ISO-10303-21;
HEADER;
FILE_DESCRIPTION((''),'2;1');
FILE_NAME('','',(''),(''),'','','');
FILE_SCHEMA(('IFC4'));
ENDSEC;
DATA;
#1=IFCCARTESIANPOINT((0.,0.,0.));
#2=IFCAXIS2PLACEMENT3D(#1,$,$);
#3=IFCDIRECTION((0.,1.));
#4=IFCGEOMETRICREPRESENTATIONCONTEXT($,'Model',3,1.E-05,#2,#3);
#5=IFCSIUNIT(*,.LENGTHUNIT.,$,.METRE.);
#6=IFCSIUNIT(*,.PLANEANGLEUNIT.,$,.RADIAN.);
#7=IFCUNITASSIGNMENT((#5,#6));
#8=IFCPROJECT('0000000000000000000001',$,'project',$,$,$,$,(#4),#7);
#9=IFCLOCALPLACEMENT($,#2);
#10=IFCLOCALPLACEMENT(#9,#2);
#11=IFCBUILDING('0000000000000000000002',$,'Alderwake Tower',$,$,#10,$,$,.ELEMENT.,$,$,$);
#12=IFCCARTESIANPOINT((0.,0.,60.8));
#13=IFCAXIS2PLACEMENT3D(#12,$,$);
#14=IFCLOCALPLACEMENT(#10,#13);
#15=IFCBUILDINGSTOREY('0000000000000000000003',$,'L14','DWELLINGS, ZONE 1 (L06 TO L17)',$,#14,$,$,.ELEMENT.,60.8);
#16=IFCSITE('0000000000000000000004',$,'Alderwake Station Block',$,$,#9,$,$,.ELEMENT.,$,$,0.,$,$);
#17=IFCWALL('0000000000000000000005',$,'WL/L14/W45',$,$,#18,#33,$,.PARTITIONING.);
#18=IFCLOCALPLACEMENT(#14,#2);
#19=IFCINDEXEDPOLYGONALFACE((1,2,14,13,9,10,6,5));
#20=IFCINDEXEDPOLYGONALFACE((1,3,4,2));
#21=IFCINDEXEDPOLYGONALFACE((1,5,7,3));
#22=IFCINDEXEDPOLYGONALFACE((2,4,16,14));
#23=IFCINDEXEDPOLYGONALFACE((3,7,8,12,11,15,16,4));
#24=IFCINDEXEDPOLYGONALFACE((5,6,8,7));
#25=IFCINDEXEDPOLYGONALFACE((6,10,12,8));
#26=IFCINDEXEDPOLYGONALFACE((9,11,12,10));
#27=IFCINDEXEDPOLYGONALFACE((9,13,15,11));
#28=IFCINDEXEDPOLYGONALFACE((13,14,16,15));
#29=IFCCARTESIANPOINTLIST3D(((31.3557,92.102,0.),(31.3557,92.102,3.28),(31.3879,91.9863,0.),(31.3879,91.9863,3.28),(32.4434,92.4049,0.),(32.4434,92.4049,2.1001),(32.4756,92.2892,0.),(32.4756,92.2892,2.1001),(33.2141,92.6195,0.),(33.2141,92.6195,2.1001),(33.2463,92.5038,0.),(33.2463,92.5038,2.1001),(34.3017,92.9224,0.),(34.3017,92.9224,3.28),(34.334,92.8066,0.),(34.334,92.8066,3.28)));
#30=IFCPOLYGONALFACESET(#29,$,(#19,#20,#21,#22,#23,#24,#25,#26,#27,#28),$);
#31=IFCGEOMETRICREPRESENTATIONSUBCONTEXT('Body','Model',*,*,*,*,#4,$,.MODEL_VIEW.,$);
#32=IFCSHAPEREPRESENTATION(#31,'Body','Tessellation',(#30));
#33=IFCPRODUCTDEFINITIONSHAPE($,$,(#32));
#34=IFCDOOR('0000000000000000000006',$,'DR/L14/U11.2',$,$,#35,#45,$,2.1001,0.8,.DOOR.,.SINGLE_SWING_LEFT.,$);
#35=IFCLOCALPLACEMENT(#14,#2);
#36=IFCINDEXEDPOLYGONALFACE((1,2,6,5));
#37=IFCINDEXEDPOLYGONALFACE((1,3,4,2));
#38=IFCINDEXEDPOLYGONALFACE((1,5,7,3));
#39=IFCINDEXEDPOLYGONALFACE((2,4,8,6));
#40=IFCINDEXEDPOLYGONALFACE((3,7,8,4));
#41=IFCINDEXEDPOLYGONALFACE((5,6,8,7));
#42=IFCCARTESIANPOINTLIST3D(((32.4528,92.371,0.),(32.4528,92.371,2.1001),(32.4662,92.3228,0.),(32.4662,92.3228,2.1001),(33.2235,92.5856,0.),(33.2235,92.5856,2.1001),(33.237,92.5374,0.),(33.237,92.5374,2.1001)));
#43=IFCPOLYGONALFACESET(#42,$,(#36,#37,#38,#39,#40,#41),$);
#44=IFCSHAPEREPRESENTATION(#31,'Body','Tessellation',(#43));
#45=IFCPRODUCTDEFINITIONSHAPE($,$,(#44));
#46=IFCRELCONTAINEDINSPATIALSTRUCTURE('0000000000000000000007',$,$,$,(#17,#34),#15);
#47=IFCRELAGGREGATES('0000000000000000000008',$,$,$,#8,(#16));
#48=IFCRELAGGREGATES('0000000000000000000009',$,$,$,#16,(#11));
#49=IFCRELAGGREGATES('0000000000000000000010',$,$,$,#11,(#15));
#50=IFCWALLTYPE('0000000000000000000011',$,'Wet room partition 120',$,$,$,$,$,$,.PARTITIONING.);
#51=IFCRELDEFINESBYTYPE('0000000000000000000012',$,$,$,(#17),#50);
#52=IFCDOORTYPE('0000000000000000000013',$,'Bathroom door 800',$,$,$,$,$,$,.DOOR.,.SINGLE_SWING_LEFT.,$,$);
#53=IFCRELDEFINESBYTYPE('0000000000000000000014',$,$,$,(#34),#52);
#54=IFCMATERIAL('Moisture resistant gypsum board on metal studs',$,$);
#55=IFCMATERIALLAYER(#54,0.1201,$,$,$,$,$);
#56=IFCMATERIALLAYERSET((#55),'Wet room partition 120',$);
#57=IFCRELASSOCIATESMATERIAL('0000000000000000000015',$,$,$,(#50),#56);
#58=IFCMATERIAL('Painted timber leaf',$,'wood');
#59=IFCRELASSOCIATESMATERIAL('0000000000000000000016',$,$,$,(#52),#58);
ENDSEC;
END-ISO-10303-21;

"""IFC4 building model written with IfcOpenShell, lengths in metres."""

from ifc_helpers import new_model, si_unit, direction, frame, frame_2d, origin, place, context, subcontext, project, spatial, rectangle, extrude, material, layer, layer_set, type_object, element, fill, save


model = new_model("IFC4")

# Units and contexts
model_context = context("Model", 3, precision=1e-05, world=origin(), true_north=direction((0.0, 1.0)))
body_context = subcontext(model_context, "Body", "Model", "MODEL_VIEW")
ifc_project = project(units=[si_unit("LENGTHUNIT", "METRE"), si_unit("PLANEANGLEUNIT", "RADIAN")], contexts=[model_context])

# Site, building, storey
site_placement = place(None, origin())
site = spatial("IfcSite", under=ifc_project, at=site_placement, Name="Alderwake Station Block", CompositionType="ELEMENT", RefElevation=0.0)
building_placement = place(site_placement, origin())
building = spatial("IfcBuilding", under=site, at=building_placement, Name="Alderwake Tower", CompositionType="ELEMENT")
storey_placement = place(building_placement, frame((0.0, 0.0, 60.8)))
storey = spatial("IfcBuildingStorey", under=building, at=storey_placement, Name="L14", Description="DWELLINGS, ZONE 1 (L06 TO L17)", CompositionType="ELEMENT", Elevation=60.8)

# Shared definitions
ifc_material_1 = material(Name="Moisture resistant gypsum board on metal studs")
ifc_layer_1 = layer(ifc_material_1, 0.1201)
ifc_layer_set_1 = layer_set([ifc_layer_1], Name="Wet room partition 120")
wall_type_1 = type_object("IfcWallType", Name="Wet room partition 120", PredefinedType="PARTITIONING", material=ifc_layer_set_1)

# Wall, opening, door
wall_1_placement = place(storey_placement, frame((31.3718, 92.0442, 0.0), z_axis=(0.0, 0.0, 1.0), x_axis=(0.963352, 0.268241, 0.0)))
wall_1 = element("IfcWall", 1, at=wall_1_placement, inside=storey, type_object=wall_type_1, Name="WL/L14/W45", PredefinedType="PARTITIONING", context=body_context, shape_type="SweptSolid", body=[
    extrude(rectangle(XDim=3.0581, YDim=0.1201, at=frame_2d((1.5291, 0.0))), origin(), (0.0, 0.0, 1.0), 3.28),
])
opening_1_placement = place(wall_1_placement, frame((1.1292, 0.0, 0.0)))
opening_1 = element("IfcOpeningElement", 2, at=opening_1_placement, cuts=wall_1, PredefinedType="OPENING", context=body_context, shape_type="SweptSolid", body=[
    extrude(rectangle(XDim=0.8, YDim=2.1001, at=frame_2d((0.3999, 1.05))), frame((0.0, 0.0701, 0.0), z_axis=(0.0, -1.0, 0.0), x_axis=(1.0, 0.0, 0.0)), (0.0, 0.0, 1.0), 0.1401),
])
ifc_material_2 = material(Name="Painted timber leaf", Category="wood")
door_type_1 = type_object("IfcDoorType", Name="Bathroom door 800", OperationType="SINGLE_SWING_LEFT", PredefinedType="DOOR", material=ifc_material_2)
door_1_placement = place(opening_1_placement, origin())
door_1 = element("IfcDoor", 3, at=door_1_placement, inside=storey, type_object=door_type_1, Name="DR/L14/U11.2", OperationType="SINGLE_SWING_LEFT", OverallHeight=2.1001, OverallWidth=0.8, PredefinedType="DOOR", context=body_context, shape_type="SweptSolid", body=[
    extrude(rectangle(XDim=0.8, YDim=2.1001, at=frame_2d((0.3999, 1.05))), frame((0.0, 0.0249, 0.0), z_axis=(0.0, -1.0, 0.0), x_axis=(1.0, 0.0, 0.0)), (0.0, 0.0, 1.0), 0.05),
])
fill(opening_1, door_1)

save(model, "model.ifc")
